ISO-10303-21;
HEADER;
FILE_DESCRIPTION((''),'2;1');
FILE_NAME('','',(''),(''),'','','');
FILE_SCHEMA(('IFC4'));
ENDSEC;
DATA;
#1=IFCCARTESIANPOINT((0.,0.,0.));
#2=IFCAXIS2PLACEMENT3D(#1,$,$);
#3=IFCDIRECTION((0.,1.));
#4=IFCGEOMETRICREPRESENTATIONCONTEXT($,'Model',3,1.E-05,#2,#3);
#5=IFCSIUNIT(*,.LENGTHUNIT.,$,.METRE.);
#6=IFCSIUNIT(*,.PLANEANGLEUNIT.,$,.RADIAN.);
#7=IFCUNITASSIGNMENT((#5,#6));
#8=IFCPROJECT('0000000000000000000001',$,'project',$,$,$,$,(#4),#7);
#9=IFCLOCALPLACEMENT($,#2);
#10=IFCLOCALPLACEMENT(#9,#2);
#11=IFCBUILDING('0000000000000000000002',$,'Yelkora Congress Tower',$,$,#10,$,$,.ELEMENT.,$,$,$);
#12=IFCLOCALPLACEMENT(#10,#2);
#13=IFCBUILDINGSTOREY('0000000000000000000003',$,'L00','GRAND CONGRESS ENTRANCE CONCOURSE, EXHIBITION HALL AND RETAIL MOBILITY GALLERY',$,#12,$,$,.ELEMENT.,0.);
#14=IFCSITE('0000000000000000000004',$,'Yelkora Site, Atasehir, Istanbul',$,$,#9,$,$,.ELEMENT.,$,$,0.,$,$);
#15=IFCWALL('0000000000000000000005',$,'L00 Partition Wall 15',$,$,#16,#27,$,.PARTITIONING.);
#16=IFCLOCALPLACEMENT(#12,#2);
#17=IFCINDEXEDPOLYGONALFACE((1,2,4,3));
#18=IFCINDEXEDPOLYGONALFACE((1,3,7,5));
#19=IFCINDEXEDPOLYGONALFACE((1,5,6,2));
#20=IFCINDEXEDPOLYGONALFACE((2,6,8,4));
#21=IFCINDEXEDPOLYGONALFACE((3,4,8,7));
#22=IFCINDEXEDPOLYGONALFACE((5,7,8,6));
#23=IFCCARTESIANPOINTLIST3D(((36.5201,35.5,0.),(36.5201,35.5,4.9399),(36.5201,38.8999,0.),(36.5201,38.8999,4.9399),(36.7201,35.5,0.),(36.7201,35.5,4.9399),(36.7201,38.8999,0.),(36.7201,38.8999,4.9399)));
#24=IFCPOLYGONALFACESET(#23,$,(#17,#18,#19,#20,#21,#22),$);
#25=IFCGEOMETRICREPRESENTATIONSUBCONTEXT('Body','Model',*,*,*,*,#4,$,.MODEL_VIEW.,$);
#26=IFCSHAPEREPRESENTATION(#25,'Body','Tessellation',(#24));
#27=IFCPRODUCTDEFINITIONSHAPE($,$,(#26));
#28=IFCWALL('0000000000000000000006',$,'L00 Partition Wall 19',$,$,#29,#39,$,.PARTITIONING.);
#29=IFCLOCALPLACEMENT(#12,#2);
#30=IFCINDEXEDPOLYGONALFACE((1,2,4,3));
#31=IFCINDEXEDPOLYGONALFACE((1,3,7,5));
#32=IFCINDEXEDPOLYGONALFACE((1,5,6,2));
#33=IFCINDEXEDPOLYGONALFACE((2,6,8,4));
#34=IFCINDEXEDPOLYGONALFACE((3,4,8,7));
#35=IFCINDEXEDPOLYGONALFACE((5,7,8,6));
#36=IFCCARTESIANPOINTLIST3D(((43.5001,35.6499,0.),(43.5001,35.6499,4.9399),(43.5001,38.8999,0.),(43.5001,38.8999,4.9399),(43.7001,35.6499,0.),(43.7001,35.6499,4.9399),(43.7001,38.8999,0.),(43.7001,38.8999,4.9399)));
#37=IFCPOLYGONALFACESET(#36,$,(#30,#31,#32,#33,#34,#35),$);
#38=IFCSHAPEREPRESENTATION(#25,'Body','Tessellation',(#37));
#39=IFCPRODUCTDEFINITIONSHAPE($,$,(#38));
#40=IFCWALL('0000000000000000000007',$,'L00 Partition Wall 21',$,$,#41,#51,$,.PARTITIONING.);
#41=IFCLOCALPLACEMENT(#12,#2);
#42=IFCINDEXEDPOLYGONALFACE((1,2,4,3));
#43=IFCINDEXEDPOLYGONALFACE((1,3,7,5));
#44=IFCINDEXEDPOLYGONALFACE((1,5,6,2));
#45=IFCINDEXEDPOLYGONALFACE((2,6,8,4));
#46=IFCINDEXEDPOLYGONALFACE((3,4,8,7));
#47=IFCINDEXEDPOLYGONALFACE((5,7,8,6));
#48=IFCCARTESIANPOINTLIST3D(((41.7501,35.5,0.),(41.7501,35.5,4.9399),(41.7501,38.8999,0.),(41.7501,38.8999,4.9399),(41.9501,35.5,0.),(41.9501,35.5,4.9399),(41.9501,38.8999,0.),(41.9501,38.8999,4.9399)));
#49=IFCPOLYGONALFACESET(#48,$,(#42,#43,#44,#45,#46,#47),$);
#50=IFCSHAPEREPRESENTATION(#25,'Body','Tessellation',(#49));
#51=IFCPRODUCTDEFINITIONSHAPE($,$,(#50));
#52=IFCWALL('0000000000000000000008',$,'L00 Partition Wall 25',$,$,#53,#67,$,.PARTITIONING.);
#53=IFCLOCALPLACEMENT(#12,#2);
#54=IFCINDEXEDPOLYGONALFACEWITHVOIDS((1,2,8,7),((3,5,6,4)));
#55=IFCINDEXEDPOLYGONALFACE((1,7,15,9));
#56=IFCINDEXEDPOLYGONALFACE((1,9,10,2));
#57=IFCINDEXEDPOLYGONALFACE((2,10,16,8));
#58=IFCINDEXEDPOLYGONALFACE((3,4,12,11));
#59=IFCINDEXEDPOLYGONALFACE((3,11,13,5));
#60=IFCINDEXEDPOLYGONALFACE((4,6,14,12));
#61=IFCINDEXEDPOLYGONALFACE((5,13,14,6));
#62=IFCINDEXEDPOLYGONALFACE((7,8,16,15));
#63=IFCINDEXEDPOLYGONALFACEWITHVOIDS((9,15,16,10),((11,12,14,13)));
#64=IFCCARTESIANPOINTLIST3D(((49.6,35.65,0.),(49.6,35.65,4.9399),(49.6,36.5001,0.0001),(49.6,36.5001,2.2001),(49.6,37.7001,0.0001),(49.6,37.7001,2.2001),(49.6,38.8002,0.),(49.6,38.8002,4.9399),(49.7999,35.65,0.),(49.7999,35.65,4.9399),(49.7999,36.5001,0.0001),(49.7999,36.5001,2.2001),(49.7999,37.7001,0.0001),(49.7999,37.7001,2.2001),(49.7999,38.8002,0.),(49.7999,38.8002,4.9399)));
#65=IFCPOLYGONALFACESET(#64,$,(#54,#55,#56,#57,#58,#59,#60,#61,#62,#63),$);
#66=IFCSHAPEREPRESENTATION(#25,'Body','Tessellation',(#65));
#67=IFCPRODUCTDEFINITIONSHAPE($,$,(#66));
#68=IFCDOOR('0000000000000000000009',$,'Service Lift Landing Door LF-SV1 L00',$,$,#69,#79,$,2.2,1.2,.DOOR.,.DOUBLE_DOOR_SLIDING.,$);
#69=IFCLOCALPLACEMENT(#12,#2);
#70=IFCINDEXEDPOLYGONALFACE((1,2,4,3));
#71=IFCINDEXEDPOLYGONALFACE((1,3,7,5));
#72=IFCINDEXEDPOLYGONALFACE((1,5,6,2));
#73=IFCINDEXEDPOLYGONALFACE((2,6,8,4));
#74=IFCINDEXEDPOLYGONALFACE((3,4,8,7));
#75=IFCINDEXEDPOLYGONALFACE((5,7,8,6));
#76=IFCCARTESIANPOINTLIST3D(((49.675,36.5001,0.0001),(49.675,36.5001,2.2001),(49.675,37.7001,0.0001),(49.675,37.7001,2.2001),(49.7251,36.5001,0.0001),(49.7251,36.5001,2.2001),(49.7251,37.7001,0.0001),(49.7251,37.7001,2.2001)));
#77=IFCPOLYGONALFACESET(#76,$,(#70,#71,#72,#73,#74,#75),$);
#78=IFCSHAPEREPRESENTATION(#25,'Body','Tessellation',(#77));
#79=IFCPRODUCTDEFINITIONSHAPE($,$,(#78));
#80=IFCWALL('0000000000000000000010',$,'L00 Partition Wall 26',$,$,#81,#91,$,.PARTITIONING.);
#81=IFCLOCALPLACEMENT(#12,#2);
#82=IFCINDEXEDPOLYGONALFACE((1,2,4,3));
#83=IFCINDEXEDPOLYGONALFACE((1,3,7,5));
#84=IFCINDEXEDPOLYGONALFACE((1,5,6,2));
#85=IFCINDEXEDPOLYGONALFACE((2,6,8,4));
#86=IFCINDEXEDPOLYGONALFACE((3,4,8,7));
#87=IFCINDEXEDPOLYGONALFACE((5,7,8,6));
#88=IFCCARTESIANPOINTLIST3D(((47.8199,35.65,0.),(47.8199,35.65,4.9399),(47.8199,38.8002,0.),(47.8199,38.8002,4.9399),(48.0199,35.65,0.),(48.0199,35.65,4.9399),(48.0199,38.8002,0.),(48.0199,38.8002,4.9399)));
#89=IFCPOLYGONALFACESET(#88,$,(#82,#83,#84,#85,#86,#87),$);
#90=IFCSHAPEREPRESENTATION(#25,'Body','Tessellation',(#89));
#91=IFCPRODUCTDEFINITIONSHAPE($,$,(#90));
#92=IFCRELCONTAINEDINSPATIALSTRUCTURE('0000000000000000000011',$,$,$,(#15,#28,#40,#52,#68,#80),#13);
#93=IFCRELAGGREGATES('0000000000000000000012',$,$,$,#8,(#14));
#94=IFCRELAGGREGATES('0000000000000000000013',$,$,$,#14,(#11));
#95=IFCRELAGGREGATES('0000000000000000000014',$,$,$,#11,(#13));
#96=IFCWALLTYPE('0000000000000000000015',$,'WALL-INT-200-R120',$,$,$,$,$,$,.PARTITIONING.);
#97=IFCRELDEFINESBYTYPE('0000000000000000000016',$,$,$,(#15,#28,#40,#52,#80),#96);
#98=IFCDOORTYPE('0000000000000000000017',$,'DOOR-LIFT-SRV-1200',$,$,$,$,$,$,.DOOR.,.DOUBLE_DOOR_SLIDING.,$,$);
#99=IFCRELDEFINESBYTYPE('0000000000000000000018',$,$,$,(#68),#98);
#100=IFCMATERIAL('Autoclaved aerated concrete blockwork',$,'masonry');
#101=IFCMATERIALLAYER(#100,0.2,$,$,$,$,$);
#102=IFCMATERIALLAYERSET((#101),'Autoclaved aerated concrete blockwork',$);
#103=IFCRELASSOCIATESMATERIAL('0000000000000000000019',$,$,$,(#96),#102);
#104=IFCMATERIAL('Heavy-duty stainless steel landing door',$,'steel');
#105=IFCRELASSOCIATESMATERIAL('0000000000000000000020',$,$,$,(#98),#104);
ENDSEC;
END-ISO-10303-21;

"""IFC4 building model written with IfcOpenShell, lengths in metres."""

from ifc_helpers import new_model, si_unit, direction, frame, frame_2d, origin, place, context, subcontext, project, spatial, rectangle, extrude, material, layer, layer_set, type_object, element, fill, save


model = new_model("IFC4")

# Units and contexts
model_context = context("Model", 3, precision=1e-05, world=origin(), true_north=direction((0.0, 1.0)))
body_context = subcontext(model_context, "Body", "Model", "MODEL_VIEW")
ifc_project = project(units=[si_unit("LENGTHUNIT", "METRE"), si_unit("PLANEANGLEUNIT", "RADIAN")], contexts=[model_context])

# Site, building, storey
site_placement = place(None, origin())
site = spatial("IfcSite", under=ifc_project, at=site_placement, Name="Yelkora Site, Atasehir, Istanbul", CompositionType="ELEMENT", RefElevation=0.0)
building_placement = place(site_placement, origin())
building = spatial("IfcBuilding", under=site, at=building_placement, Name="Yelkora Congress Tower", CompositionType="ELEMENT")
storey_placement = place(building_placement, origin())
storey = spatial("IfcBuildingStorey", under=building, at=storey_placement, Name="L00", Description="GRAND CONGRESS ENTRANCE CONCOURSE, EXHIBITION HALL AND RETAIL MOBILITY GALLERY", CompositionType="ELEMENT", Elevation=0.0)

# Walls
ifc_material_1 = material(Name="Autoclaved aerated concrete blockwork", Category="masonry")
ifc_layer_1 = layer(ifc_material_1, 0.2)
ifc_layer_set_1 = layer_set([ifc_layer_1], Name="Autoclaved aerated concrete blockwork")
wall_type_1 = type_object("IfcWallType", Name="WALL-INT-200-R120", PredefinedType="PARTITIONING", material=ifc_layer_set_1)
wall_1_placement = place(storey_placement, frame((36.6201, 35.5, 0.0), z_axis=(0.0, 0.0, 1.0), x_axis=(0.0, 1.0, 0.0)))
element("IfcWall", 1, at=wall_1_placement, inside=storey, type_object=wall_type_1, Name="L00 Partition Wall 15", PredefinedType="PARTITIONING", context=body_context, shape_type="SweptSolid", body=[
    extrude(rectangle(XDim=3.3999, YDim=0.2, at=frame_2d((1.7, 0.0))), origin(), (0.0, 0.0, 1.0), 4.9399),
])
wall_2_placement = place(storey_placement, frame((43.6001, 35.6499, 0.0), z_axis=(0.0, 0.0, 1.0), x_axis=(0.0, 1.0, 0.0)))
element("IfcWall", 2, at=wall_2_placement, inside=storey, type_object=wall_type_1, Name="L00 Partition Wall 19", PredefinedType="PARTITIONING", context=body_context, shape_type="SweptSolid", body=[
    extrude(rectangle(XDim=3.25, YDim=0.2, at=frame_2d((1.625, 0.0))), origin(), (0.0, 0.0, 1.0), 4.9399),
])
wall_3_placement = place(storey_placement, frame((41.8501, 35.5, 0.0), z_axis=(0.0, 0.0, 1.0), x_axis=(0.0, 1.0, 0.0)))
element("IfcWall", 3, at=wall_3_placement, inside=storey, type_object=wall_type_1, Name="L00 Partition Wall 21", PredefinedType="PARTITIONING", context=body_context, shape_type="SweptSolid", body=[
    extrude(rectangle(XDim=3.3999, YDim=0.2, at=frame_2d((1.7, 0.0))), origin(), (0.0, 0.0, 1.0), 4.9399),
])

# Wall, opening, door
wall_4_placement = place(storey_placement, frame((49.7, 35.6499, 0.0), z_axis=(0.0, 0.0, 1.0), x_axis=(0.0, 1.0, 0.0)))
wall_4 = element("IfcWall", 4, at=wall_4_placement, inside=storey, type_object=wall_type_1, Name="L00 Partition Wall 25", PredefinedType="PARTITIONING", context=body_context, shape_type="SweptSolid", body=[
    extrude(rectangle(XDim=3.1501, YDim=0.2, at=frame_2d((1.5752, 0.0))), origin(), (0.0, 0.0, 1.0), 4.9399),
])
opening_1_placement = place(wall_4_placement, frame((0.8501, 0.0, 0.0)))
opening_1 = element("IfcOpeningElement", 5, at=opening_1_placement, cuts=wall_4, PredefinedType="OPENING", context=body_context, shape_type="SweptSolid", body=[
    extrude(rectangle(XDim=1.2, YDim=2.2, at=frame_2d((0.6001, 1.1001))), frame((0.0, 0.1099, 0.0), z_axis=(0.0, -1.0, 0.0), x_axis=(1.0, 0.0, 0.0)), (0.0, 0.0, 1.0), 0.22),
])
ifc_material_2 = material(Name="Heavy-duty stainless steel landing door", Category="steel")
door_type_1 = type_object("IfcDoorType", Name="DOOR-LIFT-SRV-1200", OperationType="DOUBLE_DOOR_SLIDING", PredefinedType="DOOR", material=ifc_material_2)
door_1_placement = place(opening_1_placement, origin())
door_1 = element("IfcDoor", 6, at=door_1_placement, inside=storey, type_object=door_type_1, Name="Service Lift Landing Door LF-SV1 L00", OperationType="DOUBLE_DOOR_SLIDING", OverallHeight=2.2, OverallWidth=1.2, PredefinedType="DOOR", context=body_context, shape_type="SweptSolid", body=[
    extrude(rectangle(XDim=1.2, YDim=2.2, at=frame_2d((0.6001, 1.1001))), frame((0.0, 0.0249, 0.0), z_axis=(0.0, -1.0, 0.0), x_axis=(1.0, 0.0, 0.0)), (0.0, 0.0, 1.0), 0.05),
])
fill(opening_1, door_1)

# Wall
wall_5_placement = place(storey_placement, frame((47.9199, 35.6499, 0.0), z_axis=(0.0, 0.0, 1.0), x_axis=(0.0, 1.0, 0.0)))
element("IfcWall", 7, at=wall_5_placement, inside=storey, type_object=wall_type_1, Name="L00 Partition Wall 26", PredefinedType="PARTITIONING", context=body_context, shape_type="SweptSolid", body=[
    extrude(rectangle(XDim=3.1501, YDim=0.2, at=frame_2d((1.5752, 0.0))), origin(), (0.0, 0.0, 1.0), 4.9399),
])

save(model, "model.ifc")
